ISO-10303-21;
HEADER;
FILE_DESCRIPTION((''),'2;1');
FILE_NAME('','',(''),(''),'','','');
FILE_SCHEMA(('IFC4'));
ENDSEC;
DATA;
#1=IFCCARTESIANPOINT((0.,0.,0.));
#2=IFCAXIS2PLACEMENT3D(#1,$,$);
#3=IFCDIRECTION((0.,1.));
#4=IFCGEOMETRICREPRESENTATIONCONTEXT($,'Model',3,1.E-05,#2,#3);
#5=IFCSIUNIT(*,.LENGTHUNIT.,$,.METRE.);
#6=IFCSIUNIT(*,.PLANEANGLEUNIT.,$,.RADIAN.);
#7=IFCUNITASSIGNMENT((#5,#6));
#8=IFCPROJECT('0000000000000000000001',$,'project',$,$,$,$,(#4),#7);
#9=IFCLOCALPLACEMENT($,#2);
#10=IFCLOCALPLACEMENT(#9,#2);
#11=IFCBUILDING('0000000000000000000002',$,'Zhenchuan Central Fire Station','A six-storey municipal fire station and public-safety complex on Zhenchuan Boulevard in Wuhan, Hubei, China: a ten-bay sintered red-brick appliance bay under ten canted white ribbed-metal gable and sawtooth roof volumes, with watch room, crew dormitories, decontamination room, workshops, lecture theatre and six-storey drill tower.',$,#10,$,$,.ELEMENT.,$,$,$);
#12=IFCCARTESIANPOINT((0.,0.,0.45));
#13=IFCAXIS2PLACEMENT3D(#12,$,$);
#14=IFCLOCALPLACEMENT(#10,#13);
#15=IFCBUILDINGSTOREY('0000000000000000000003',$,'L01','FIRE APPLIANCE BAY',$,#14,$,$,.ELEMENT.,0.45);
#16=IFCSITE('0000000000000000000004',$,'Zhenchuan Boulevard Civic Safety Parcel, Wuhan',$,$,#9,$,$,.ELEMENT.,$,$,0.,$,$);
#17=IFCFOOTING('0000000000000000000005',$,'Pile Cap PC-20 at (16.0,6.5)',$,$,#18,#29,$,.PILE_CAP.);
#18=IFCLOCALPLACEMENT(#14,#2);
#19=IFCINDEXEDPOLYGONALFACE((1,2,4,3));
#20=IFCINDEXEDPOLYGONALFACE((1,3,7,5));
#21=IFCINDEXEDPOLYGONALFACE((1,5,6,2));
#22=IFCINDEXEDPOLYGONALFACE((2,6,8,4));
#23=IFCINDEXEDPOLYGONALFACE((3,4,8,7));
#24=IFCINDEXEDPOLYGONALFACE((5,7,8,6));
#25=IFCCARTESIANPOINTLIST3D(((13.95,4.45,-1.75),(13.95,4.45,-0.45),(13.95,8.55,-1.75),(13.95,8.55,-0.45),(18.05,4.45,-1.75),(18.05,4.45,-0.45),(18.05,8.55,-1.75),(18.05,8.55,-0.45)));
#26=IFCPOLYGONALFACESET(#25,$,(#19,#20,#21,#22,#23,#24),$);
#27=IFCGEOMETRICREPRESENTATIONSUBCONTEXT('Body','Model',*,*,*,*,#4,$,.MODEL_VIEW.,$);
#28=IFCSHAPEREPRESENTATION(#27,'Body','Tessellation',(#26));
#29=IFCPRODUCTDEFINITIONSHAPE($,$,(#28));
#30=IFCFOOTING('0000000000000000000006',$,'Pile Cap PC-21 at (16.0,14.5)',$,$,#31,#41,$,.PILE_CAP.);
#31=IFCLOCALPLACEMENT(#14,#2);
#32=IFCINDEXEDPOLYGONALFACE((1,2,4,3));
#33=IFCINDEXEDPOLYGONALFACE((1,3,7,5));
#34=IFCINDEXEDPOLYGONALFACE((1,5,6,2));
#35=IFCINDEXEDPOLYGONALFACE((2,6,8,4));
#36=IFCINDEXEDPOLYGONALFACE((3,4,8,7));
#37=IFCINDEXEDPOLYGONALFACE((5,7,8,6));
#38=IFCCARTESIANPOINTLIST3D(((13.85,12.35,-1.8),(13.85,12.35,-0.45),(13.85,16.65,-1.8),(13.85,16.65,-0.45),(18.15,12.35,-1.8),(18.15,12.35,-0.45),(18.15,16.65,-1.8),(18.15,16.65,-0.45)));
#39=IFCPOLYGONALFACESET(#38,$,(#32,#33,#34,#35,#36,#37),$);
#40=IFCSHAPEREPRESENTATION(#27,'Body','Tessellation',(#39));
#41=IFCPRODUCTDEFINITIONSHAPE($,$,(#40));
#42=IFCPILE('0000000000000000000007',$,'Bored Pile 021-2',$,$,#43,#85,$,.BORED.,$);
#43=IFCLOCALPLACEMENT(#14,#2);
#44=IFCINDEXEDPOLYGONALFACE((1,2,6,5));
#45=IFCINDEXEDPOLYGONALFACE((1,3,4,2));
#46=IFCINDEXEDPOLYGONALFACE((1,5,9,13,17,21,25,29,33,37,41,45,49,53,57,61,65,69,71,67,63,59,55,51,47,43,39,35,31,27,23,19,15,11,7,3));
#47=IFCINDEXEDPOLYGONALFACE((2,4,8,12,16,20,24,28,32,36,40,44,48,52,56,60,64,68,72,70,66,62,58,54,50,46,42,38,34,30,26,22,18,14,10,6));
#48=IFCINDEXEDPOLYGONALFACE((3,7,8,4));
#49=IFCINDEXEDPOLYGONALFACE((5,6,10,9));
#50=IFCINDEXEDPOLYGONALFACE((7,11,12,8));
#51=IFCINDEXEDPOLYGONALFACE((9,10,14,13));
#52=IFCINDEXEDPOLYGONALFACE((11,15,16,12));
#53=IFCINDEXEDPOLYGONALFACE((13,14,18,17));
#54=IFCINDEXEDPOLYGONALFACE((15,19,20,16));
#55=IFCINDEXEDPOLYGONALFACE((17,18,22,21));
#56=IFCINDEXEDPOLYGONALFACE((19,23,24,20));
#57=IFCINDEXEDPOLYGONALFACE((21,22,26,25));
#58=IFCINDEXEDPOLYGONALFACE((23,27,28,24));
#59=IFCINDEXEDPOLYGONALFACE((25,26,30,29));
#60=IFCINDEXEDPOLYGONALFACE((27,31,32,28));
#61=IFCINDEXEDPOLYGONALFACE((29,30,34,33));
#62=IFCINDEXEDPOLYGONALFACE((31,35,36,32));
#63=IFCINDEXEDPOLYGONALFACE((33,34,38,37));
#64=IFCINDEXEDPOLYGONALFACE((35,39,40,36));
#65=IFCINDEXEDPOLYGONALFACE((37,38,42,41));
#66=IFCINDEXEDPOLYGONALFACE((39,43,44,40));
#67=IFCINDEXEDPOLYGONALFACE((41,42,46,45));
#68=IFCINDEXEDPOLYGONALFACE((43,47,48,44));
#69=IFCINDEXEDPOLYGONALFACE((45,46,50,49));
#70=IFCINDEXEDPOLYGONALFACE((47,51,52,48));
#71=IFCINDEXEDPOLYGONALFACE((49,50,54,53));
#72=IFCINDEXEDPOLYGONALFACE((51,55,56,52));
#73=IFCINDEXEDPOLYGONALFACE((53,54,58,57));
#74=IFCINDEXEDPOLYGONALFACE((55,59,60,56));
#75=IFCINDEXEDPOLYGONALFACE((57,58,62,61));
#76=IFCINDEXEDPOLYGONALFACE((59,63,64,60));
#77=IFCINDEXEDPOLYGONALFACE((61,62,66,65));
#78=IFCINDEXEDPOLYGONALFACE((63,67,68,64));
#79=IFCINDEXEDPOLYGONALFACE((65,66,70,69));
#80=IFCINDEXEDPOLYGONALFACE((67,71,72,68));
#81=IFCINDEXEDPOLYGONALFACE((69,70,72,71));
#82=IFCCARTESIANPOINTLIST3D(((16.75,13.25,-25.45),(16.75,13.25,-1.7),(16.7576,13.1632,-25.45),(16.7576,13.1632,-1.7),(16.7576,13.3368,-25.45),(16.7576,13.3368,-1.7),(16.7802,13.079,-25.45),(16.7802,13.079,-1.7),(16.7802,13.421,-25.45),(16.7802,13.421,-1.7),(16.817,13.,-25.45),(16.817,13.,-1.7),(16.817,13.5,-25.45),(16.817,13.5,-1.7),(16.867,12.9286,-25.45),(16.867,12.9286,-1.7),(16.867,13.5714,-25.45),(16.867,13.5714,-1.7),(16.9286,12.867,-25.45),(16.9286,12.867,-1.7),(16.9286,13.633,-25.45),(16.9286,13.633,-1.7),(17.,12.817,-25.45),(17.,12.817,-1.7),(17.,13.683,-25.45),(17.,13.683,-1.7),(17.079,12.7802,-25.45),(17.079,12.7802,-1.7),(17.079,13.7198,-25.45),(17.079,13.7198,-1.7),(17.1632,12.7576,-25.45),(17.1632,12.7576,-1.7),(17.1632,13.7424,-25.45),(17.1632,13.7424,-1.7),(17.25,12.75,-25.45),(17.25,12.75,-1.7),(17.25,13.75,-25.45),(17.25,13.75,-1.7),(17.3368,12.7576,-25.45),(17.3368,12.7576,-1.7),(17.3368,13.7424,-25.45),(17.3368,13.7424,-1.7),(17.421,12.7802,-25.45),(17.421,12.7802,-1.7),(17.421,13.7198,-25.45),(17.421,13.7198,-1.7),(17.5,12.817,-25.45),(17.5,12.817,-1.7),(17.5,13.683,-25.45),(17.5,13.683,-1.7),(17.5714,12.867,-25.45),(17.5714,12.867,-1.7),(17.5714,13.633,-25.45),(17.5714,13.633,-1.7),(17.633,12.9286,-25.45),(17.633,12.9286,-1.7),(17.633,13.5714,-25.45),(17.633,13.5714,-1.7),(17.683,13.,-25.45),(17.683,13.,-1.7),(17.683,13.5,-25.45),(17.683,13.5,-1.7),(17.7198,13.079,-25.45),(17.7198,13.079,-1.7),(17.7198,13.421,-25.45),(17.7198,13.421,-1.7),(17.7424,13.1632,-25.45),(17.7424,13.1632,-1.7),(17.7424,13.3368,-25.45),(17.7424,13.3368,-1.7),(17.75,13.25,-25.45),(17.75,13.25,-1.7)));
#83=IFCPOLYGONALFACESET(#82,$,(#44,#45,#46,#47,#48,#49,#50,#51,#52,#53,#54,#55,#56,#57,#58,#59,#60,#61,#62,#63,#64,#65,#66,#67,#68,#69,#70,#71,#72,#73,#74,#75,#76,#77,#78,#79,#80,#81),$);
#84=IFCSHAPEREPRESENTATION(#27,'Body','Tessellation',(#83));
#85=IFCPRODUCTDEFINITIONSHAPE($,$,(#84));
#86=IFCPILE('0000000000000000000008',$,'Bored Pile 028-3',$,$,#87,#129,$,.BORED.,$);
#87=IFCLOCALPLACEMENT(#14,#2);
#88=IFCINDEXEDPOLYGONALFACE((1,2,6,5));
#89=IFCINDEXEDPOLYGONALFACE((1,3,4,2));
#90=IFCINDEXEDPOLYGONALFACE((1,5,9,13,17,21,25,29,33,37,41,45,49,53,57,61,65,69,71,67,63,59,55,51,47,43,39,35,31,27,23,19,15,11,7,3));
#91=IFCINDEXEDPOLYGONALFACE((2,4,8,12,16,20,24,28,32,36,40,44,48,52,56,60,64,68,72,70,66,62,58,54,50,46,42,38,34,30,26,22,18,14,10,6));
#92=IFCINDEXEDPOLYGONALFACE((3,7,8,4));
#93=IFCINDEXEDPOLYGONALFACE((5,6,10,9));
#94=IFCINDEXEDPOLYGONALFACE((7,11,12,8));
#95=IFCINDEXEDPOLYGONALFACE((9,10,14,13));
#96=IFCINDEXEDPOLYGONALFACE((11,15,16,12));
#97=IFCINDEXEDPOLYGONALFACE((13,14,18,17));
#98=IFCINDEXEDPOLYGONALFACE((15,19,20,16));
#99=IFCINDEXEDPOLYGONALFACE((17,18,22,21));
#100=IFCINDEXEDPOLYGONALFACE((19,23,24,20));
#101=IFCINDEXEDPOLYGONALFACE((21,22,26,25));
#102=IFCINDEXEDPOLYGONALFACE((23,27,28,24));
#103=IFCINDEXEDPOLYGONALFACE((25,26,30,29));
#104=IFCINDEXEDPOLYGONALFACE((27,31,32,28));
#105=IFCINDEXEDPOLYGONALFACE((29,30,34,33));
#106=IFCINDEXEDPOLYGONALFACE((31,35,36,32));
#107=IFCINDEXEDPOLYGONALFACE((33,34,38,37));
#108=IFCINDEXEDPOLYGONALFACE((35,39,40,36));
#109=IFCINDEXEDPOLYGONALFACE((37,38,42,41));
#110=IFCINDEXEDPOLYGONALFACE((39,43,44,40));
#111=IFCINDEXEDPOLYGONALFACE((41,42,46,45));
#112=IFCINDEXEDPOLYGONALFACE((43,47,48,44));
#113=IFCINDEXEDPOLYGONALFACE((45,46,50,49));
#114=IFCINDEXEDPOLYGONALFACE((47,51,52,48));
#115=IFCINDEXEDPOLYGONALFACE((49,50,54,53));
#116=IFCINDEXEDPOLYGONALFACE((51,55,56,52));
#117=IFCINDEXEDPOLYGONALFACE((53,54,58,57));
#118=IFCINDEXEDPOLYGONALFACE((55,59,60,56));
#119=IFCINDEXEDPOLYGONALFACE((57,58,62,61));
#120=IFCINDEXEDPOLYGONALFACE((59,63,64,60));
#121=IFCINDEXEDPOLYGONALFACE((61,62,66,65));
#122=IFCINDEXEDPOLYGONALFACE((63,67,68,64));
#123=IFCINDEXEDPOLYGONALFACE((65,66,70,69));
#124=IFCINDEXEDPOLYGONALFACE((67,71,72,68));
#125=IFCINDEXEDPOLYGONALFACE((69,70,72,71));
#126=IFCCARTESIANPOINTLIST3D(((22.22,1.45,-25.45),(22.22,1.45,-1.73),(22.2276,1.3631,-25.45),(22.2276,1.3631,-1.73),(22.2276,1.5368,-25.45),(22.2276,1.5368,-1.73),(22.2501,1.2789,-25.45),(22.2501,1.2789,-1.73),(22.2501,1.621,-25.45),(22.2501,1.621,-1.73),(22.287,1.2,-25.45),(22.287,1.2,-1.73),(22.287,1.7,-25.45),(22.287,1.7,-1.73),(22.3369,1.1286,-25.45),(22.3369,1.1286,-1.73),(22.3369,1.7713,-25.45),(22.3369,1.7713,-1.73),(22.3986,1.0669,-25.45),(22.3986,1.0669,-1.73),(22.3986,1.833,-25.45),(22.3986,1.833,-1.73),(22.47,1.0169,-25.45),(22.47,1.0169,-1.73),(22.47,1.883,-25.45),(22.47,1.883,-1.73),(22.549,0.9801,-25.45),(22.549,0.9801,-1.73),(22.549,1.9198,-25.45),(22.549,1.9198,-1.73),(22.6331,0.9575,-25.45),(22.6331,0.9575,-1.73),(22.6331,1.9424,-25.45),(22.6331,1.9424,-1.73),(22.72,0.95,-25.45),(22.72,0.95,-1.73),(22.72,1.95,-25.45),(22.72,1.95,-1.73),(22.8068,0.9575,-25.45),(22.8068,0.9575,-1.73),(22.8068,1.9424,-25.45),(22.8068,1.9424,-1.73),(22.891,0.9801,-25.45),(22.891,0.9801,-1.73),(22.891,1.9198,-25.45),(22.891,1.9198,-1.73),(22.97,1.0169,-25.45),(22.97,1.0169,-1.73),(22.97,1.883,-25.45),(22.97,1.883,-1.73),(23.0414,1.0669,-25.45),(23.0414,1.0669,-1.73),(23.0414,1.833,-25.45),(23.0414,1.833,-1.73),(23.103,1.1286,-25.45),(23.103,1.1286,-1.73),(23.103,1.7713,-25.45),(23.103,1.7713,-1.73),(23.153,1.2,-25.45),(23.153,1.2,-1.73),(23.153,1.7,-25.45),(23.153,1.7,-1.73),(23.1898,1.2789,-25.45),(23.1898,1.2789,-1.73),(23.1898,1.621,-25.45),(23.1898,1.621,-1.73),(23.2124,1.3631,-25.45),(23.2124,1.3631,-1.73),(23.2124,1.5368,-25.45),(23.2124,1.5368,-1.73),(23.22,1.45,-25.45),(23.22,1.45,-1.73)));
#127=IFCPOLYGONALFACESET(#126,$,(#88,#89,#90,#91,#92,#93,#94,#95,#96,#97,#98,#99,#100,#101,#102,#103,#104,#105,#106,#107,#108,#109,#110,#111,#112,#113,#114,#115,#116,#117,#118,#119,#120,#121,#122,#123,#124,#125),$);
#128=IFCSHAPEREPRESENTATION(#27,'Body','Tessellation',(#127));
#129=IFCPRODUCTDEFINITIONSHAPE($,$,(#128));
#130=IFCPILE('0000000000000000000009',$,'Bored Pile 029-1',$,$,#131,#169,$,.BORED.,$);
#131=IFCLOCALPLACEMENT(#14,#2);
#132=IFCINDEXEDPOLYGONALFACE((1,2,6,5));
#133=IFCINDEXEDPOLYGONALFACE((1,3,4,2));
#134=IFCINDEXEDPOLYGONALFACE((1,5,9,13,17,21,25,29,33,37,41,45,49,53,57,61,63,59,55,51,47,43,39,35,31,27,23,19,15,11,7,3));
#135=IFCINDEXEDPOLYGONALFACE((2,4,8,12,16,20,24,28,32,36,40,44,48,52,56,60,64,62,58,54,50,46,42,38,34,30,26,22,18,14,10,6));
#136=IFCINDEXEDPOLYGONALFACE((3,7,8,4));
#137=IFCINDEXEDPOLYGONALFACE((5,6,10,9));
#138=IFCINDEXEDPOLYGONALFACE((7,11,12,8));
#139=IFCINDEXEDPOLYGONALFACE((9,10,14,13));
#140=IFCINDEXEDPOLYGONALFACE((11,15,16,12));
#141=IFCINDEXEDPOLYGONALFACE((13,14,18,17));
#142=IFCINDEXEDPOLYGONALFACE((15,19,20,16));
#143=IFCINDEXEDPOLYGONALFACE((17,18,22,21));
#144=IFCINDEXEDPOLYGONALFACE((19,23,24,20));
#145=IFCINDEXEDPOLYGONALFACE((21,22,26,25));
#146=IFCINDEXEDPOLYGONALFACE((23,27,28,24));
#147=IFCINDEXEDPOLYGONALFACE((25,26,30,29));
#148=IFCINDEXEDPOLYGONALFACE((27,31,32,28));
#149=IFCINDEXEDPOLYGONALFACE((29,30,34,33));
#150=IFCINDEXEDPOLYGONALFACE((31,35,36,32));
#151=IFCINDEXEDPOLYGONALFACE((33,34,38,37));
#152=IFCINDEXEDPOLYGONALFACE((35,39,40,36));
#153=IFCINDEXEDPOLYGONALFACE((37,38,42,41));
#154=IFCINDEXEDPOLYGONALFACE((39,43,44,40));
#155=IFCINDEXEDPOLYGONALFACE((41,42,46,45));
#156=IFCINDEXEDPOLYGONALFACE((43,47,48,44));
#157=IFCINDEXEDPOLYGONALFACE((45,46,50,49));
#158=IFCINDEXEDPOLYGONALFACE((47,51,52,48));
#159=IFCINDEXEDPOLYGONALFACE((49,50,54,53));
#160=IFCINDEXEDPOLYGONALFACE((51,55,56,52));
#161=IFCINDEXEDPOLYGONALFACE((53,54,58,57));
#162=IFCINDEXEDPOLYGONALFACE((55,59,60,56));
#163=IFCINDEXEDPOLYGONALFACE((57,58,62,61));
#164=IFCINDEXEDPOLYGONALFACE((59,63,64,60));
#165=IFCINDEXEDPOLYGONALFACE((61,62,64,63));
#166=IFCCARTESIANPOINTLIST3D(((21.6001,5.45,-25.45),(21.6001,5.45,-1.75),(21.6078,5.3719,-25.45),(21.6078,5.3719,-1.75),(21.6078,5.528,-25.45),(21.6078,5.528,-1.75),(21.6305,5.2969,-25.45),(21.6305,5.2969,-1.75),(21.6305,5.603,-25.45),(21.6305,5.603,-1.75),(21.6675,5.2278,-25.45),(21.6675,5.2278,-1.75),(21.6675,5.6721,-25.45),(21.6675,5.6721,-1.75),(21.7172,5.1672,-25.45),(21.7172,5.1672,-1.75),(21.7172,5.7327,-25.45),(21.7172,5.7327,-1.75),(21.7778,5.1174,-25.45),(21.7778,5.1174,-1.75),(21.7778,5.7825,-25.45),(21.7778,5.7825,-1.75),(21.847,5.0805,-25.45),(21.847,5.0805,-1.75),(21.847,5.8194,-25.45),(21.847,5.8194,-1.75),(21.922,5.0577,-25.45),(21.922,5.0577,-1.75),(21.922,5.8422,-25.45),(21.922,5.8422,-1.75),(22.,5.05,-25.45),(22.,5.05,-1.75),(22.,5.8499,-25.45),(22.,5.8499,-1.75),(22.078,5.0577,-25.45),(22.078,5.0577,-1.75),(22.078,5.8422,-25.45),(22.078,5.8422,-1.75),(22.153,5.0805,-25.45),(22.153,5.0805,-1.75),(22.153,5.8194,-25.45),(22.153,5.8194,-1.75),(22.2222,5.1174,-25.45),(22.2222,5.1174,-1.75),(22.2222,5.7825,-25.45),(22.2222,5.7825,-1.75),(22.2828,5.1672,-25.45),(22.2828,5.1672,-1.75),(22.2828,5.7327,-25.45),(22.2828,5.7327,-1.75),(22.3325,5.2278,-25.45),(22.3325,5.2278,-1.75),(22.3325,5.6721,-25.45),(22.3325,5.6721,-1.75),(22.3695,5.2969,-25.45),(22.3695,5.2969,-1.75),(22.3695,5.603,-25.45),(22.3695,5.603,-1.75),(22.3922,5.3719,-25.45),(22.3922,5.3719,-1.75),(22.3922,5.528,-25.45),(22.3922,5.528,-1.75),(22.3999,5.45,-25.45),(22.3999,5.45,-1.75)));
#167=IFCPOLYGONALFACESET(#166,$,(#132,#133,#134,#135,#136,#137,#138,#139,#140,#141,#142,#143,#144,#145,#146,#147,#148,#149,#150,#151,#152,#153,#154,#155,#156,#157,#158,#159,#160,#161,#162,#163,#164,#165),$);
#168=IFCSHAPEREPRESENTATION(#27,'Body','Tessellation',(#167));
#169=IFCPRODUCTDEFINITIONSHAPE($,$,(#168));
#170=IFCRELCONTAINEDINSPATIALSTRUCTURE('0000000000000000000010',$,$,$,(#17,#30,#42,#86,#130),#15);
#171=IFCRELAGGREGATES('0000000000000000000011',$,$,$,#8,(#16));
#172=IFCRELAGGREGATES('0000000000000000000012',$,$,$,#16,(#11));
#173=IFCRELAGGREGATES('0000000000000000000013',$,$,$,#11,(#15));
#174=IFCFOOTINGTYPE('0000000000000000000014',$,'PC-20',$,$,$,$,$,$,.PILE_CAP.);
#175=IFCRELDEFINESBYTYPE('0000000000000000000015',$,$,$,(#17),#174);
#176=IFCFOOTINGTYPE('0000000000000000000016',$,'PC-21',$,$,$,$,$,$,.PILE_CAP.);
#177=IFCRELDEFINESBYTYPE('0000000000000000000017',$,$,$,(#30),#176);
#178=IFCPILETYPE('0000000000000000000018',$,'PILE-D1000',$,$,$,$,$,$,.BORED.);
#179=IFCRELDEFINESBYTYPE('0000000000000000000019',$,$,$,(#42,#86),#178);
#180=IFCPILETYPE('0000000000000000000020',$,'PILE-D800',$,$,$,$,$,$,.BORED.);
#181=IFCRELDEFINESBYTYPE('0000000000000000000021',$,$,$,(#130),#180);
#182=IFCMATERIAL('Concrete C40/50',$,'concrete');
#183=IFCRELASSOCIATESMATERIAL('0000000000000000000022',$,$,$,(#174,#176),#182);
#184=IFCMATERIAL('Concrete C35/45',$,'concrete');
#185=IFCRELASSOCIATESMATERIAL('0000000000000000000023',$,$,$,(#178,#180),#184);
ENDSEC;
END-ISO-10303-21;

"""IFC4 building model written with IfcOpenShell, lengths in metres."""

from ifc_helpers import new_model, si_unit, direction, frame, origin, origin_2d, place, context, subcontext, project, spatial, rectangle, circle, extrude, material, material_profile, profile_set, type_object, element, save


model = new_model("IFC4")

# Units and contexts
model_context = context("Model", 3, precision=1e-05, world=origin(), true_north=direction((0.0, 1.0)))
body_context = subcontext(model_context, "Body", "Model", "MODEL_VIEW")
ifc_project = project(units=[si_unit("LENGTHUNIT", "METRE"), si_unit("PLANEANGLEUNIT", "RADIAN")], contexts=[model_context])

# Site, building, storey
site_placement = place(None, origin())
site = spatial("IfcSite", under=ifc_project, at=site_placement, Name="Zhenchuan Boulevard Civic Safety Parcel, Wuhan", CompositionType="ELEMENT", RefElevation=0.0)
building_placement = place(site_placement, origin())
building = spatial("IfcBuilding", under=site, at=building_placement, Name="Zhenchuan Central Fire Station", Description="A six-storey municipal fire station and public-safety complex on Zhenchuan Boulevard in Wuhan, Hubei, China: a ten-bay sintered red-brick appliance bay under ten canted white ribbed-metal gable and sawtooth roof volumes, with watch room, crew dormitories, decontamination room, workshops, lecture theatre and six-storey drill tower.", CompositionType="ELEMENT")
storey_placement = place(building_placement, frame((0.0, 0.0, 0.45)))
storey = spatial("IfcBuildingStorey", under=building, at=storey_placement, Name="L01", Description="FIRE APPLIANCE BAY", CompositionType="ELEMENT", Elevation=0.45)

# Footings
ifc_material_1 = material(Name="Concrete C40/50", Category="concrete")
footing_type_1 = type_object("IfcFootingType", Name="PC-20", PredefinedType="PILE_CAP", material=ifc_material_1)
footing_1_placement = place(storey_placement, frame((16.0, 6.5, -1.75), z_axis=(0.0, 0.0, 1.0), x_axis=(1.0, 0.0, 0.0)))
element("IfcFooting", 1, at=footing_1_placement, inside=storey, type_object=footing_type_1, Name="Pile Cap PC-20 at (16.0,6.5)", PredefinedType="PILE_CAP", context=body_context, shape_type="SweptSolid", body=[
    extrude(rectangle(XDim=4.1001, YDim=4.1001, at=origin_2d()), origin(), (0.0, 0.0, 1.0), 1.3),
])
footing_type_2 = type_object("IfcFootingType", Name="PC-21", PredefinedType="PILE_CAP", material=ifc_material_1)
footing_2_placement = place(storey_placement, frame((16.0, 14.5, -1.8), z_axis=(0.0, 0.0, 1.0), x_axis=(1.0, 0.0, 0.0)))
element("IfcFooting", 2, at=footing_2_placement, inside=storey, type_object=footing_type_2, Name="Pile Cap PC-21 at (16.0,14.5)", PredefinedType="PILE_CAP", context=body_context, shape_type="SweptSolid", body=[
    extrude(rectangle(XDim=4.3, YDim=4.3, at=origin_2d()), origin(), (0.0, 0.0, 1.0), 1.3501),
])

# Piles
ifc_material_2 = material(Name="Concrete C35/45", Category="concrete")
ifc_material_profile_1 = material_profile(ifc_material_2, circle(Radius=0.5, at=origin_2d()), Name="PILE D1000")
ifc_profile_set_1 = profile_set([ifc_material_profile_1], Name="Concrete C35/45")
pile_type_1 = type_object("IfcPileType", Name="PILE-D1000", PredefinedType="BORED", material=ifc_profile_set_1)
pile_1_placement = place(storey_placement, frame((17.25, 13.25, -1.7), z_axis=(0.0, 0.0, -1.0), x_axis=(1.0, 0.0, 0.0)))
element("IfcPile", 3, at=pile_1_placement, inside=storey, type_object=pile_type_1, Name="Bored Pile 021-2", PredefinedType="BORED", context=body_context, shape_type="SweptSolid", body=[
    extrude(circle(Radius=0.5, at=origin_2d()), origin(), (0.0, 0.0, 1.0), 23.75),
])
pile_2_placement = place(storey_placement, frame((22.72, 1.45, -1.73), z_axis=(0.0, 0.0, -1.0), x_axis=(1.0, 0.0, 0.0)))
element("IfcPile", 4, at=pile_2_placement, inside=storey, type_object=pile_type_1, Name="Bored Pile 028-3", PredefinedType="BORED", context=body_context, shape_type="SweptSolid", body=[
    extrude(circle(Radius=0.5, at=origin_2d()), origin(), (0.0, 0.0, 1.0), 23.72),
])
ifc_material_profile_2 = material_profile(ifc_material_2, circle(Radius=0.3999, at=origin_2d()), Name="PILE D800")
ifc_profile_set_2 = profile_set([ifc_material_profile_2], Name="Concrete C35/45")
pile_type_2 = type_object("IfcPileType", Name="PILE-D800", PredefinedType="BORED", material=ifc_profile_set_2)
for number, where, z_axis, x_axis, name in (
    (5, (22.0, 5.45, -1.75), (0.0, 0.0, -1.0), (1.0, 0.0, 0.0), "Bored Pile 029-1"),
):
    element("IfcPile", number, at=place(storey_placement, frame(where, z_axis=z_axis, x_axis=x_axis)), inside=storey, type_object=pile_type_2, Name=name, PredefinedType="BORED", context=body_context, shape_type="SweptSolid", body=[
        extrude(circle(Radius=0.3999, at=origin_2d()), origin(), (0.0, 0.0, 1.0), 23.7),
    ])

save(model, "model.ifc")
